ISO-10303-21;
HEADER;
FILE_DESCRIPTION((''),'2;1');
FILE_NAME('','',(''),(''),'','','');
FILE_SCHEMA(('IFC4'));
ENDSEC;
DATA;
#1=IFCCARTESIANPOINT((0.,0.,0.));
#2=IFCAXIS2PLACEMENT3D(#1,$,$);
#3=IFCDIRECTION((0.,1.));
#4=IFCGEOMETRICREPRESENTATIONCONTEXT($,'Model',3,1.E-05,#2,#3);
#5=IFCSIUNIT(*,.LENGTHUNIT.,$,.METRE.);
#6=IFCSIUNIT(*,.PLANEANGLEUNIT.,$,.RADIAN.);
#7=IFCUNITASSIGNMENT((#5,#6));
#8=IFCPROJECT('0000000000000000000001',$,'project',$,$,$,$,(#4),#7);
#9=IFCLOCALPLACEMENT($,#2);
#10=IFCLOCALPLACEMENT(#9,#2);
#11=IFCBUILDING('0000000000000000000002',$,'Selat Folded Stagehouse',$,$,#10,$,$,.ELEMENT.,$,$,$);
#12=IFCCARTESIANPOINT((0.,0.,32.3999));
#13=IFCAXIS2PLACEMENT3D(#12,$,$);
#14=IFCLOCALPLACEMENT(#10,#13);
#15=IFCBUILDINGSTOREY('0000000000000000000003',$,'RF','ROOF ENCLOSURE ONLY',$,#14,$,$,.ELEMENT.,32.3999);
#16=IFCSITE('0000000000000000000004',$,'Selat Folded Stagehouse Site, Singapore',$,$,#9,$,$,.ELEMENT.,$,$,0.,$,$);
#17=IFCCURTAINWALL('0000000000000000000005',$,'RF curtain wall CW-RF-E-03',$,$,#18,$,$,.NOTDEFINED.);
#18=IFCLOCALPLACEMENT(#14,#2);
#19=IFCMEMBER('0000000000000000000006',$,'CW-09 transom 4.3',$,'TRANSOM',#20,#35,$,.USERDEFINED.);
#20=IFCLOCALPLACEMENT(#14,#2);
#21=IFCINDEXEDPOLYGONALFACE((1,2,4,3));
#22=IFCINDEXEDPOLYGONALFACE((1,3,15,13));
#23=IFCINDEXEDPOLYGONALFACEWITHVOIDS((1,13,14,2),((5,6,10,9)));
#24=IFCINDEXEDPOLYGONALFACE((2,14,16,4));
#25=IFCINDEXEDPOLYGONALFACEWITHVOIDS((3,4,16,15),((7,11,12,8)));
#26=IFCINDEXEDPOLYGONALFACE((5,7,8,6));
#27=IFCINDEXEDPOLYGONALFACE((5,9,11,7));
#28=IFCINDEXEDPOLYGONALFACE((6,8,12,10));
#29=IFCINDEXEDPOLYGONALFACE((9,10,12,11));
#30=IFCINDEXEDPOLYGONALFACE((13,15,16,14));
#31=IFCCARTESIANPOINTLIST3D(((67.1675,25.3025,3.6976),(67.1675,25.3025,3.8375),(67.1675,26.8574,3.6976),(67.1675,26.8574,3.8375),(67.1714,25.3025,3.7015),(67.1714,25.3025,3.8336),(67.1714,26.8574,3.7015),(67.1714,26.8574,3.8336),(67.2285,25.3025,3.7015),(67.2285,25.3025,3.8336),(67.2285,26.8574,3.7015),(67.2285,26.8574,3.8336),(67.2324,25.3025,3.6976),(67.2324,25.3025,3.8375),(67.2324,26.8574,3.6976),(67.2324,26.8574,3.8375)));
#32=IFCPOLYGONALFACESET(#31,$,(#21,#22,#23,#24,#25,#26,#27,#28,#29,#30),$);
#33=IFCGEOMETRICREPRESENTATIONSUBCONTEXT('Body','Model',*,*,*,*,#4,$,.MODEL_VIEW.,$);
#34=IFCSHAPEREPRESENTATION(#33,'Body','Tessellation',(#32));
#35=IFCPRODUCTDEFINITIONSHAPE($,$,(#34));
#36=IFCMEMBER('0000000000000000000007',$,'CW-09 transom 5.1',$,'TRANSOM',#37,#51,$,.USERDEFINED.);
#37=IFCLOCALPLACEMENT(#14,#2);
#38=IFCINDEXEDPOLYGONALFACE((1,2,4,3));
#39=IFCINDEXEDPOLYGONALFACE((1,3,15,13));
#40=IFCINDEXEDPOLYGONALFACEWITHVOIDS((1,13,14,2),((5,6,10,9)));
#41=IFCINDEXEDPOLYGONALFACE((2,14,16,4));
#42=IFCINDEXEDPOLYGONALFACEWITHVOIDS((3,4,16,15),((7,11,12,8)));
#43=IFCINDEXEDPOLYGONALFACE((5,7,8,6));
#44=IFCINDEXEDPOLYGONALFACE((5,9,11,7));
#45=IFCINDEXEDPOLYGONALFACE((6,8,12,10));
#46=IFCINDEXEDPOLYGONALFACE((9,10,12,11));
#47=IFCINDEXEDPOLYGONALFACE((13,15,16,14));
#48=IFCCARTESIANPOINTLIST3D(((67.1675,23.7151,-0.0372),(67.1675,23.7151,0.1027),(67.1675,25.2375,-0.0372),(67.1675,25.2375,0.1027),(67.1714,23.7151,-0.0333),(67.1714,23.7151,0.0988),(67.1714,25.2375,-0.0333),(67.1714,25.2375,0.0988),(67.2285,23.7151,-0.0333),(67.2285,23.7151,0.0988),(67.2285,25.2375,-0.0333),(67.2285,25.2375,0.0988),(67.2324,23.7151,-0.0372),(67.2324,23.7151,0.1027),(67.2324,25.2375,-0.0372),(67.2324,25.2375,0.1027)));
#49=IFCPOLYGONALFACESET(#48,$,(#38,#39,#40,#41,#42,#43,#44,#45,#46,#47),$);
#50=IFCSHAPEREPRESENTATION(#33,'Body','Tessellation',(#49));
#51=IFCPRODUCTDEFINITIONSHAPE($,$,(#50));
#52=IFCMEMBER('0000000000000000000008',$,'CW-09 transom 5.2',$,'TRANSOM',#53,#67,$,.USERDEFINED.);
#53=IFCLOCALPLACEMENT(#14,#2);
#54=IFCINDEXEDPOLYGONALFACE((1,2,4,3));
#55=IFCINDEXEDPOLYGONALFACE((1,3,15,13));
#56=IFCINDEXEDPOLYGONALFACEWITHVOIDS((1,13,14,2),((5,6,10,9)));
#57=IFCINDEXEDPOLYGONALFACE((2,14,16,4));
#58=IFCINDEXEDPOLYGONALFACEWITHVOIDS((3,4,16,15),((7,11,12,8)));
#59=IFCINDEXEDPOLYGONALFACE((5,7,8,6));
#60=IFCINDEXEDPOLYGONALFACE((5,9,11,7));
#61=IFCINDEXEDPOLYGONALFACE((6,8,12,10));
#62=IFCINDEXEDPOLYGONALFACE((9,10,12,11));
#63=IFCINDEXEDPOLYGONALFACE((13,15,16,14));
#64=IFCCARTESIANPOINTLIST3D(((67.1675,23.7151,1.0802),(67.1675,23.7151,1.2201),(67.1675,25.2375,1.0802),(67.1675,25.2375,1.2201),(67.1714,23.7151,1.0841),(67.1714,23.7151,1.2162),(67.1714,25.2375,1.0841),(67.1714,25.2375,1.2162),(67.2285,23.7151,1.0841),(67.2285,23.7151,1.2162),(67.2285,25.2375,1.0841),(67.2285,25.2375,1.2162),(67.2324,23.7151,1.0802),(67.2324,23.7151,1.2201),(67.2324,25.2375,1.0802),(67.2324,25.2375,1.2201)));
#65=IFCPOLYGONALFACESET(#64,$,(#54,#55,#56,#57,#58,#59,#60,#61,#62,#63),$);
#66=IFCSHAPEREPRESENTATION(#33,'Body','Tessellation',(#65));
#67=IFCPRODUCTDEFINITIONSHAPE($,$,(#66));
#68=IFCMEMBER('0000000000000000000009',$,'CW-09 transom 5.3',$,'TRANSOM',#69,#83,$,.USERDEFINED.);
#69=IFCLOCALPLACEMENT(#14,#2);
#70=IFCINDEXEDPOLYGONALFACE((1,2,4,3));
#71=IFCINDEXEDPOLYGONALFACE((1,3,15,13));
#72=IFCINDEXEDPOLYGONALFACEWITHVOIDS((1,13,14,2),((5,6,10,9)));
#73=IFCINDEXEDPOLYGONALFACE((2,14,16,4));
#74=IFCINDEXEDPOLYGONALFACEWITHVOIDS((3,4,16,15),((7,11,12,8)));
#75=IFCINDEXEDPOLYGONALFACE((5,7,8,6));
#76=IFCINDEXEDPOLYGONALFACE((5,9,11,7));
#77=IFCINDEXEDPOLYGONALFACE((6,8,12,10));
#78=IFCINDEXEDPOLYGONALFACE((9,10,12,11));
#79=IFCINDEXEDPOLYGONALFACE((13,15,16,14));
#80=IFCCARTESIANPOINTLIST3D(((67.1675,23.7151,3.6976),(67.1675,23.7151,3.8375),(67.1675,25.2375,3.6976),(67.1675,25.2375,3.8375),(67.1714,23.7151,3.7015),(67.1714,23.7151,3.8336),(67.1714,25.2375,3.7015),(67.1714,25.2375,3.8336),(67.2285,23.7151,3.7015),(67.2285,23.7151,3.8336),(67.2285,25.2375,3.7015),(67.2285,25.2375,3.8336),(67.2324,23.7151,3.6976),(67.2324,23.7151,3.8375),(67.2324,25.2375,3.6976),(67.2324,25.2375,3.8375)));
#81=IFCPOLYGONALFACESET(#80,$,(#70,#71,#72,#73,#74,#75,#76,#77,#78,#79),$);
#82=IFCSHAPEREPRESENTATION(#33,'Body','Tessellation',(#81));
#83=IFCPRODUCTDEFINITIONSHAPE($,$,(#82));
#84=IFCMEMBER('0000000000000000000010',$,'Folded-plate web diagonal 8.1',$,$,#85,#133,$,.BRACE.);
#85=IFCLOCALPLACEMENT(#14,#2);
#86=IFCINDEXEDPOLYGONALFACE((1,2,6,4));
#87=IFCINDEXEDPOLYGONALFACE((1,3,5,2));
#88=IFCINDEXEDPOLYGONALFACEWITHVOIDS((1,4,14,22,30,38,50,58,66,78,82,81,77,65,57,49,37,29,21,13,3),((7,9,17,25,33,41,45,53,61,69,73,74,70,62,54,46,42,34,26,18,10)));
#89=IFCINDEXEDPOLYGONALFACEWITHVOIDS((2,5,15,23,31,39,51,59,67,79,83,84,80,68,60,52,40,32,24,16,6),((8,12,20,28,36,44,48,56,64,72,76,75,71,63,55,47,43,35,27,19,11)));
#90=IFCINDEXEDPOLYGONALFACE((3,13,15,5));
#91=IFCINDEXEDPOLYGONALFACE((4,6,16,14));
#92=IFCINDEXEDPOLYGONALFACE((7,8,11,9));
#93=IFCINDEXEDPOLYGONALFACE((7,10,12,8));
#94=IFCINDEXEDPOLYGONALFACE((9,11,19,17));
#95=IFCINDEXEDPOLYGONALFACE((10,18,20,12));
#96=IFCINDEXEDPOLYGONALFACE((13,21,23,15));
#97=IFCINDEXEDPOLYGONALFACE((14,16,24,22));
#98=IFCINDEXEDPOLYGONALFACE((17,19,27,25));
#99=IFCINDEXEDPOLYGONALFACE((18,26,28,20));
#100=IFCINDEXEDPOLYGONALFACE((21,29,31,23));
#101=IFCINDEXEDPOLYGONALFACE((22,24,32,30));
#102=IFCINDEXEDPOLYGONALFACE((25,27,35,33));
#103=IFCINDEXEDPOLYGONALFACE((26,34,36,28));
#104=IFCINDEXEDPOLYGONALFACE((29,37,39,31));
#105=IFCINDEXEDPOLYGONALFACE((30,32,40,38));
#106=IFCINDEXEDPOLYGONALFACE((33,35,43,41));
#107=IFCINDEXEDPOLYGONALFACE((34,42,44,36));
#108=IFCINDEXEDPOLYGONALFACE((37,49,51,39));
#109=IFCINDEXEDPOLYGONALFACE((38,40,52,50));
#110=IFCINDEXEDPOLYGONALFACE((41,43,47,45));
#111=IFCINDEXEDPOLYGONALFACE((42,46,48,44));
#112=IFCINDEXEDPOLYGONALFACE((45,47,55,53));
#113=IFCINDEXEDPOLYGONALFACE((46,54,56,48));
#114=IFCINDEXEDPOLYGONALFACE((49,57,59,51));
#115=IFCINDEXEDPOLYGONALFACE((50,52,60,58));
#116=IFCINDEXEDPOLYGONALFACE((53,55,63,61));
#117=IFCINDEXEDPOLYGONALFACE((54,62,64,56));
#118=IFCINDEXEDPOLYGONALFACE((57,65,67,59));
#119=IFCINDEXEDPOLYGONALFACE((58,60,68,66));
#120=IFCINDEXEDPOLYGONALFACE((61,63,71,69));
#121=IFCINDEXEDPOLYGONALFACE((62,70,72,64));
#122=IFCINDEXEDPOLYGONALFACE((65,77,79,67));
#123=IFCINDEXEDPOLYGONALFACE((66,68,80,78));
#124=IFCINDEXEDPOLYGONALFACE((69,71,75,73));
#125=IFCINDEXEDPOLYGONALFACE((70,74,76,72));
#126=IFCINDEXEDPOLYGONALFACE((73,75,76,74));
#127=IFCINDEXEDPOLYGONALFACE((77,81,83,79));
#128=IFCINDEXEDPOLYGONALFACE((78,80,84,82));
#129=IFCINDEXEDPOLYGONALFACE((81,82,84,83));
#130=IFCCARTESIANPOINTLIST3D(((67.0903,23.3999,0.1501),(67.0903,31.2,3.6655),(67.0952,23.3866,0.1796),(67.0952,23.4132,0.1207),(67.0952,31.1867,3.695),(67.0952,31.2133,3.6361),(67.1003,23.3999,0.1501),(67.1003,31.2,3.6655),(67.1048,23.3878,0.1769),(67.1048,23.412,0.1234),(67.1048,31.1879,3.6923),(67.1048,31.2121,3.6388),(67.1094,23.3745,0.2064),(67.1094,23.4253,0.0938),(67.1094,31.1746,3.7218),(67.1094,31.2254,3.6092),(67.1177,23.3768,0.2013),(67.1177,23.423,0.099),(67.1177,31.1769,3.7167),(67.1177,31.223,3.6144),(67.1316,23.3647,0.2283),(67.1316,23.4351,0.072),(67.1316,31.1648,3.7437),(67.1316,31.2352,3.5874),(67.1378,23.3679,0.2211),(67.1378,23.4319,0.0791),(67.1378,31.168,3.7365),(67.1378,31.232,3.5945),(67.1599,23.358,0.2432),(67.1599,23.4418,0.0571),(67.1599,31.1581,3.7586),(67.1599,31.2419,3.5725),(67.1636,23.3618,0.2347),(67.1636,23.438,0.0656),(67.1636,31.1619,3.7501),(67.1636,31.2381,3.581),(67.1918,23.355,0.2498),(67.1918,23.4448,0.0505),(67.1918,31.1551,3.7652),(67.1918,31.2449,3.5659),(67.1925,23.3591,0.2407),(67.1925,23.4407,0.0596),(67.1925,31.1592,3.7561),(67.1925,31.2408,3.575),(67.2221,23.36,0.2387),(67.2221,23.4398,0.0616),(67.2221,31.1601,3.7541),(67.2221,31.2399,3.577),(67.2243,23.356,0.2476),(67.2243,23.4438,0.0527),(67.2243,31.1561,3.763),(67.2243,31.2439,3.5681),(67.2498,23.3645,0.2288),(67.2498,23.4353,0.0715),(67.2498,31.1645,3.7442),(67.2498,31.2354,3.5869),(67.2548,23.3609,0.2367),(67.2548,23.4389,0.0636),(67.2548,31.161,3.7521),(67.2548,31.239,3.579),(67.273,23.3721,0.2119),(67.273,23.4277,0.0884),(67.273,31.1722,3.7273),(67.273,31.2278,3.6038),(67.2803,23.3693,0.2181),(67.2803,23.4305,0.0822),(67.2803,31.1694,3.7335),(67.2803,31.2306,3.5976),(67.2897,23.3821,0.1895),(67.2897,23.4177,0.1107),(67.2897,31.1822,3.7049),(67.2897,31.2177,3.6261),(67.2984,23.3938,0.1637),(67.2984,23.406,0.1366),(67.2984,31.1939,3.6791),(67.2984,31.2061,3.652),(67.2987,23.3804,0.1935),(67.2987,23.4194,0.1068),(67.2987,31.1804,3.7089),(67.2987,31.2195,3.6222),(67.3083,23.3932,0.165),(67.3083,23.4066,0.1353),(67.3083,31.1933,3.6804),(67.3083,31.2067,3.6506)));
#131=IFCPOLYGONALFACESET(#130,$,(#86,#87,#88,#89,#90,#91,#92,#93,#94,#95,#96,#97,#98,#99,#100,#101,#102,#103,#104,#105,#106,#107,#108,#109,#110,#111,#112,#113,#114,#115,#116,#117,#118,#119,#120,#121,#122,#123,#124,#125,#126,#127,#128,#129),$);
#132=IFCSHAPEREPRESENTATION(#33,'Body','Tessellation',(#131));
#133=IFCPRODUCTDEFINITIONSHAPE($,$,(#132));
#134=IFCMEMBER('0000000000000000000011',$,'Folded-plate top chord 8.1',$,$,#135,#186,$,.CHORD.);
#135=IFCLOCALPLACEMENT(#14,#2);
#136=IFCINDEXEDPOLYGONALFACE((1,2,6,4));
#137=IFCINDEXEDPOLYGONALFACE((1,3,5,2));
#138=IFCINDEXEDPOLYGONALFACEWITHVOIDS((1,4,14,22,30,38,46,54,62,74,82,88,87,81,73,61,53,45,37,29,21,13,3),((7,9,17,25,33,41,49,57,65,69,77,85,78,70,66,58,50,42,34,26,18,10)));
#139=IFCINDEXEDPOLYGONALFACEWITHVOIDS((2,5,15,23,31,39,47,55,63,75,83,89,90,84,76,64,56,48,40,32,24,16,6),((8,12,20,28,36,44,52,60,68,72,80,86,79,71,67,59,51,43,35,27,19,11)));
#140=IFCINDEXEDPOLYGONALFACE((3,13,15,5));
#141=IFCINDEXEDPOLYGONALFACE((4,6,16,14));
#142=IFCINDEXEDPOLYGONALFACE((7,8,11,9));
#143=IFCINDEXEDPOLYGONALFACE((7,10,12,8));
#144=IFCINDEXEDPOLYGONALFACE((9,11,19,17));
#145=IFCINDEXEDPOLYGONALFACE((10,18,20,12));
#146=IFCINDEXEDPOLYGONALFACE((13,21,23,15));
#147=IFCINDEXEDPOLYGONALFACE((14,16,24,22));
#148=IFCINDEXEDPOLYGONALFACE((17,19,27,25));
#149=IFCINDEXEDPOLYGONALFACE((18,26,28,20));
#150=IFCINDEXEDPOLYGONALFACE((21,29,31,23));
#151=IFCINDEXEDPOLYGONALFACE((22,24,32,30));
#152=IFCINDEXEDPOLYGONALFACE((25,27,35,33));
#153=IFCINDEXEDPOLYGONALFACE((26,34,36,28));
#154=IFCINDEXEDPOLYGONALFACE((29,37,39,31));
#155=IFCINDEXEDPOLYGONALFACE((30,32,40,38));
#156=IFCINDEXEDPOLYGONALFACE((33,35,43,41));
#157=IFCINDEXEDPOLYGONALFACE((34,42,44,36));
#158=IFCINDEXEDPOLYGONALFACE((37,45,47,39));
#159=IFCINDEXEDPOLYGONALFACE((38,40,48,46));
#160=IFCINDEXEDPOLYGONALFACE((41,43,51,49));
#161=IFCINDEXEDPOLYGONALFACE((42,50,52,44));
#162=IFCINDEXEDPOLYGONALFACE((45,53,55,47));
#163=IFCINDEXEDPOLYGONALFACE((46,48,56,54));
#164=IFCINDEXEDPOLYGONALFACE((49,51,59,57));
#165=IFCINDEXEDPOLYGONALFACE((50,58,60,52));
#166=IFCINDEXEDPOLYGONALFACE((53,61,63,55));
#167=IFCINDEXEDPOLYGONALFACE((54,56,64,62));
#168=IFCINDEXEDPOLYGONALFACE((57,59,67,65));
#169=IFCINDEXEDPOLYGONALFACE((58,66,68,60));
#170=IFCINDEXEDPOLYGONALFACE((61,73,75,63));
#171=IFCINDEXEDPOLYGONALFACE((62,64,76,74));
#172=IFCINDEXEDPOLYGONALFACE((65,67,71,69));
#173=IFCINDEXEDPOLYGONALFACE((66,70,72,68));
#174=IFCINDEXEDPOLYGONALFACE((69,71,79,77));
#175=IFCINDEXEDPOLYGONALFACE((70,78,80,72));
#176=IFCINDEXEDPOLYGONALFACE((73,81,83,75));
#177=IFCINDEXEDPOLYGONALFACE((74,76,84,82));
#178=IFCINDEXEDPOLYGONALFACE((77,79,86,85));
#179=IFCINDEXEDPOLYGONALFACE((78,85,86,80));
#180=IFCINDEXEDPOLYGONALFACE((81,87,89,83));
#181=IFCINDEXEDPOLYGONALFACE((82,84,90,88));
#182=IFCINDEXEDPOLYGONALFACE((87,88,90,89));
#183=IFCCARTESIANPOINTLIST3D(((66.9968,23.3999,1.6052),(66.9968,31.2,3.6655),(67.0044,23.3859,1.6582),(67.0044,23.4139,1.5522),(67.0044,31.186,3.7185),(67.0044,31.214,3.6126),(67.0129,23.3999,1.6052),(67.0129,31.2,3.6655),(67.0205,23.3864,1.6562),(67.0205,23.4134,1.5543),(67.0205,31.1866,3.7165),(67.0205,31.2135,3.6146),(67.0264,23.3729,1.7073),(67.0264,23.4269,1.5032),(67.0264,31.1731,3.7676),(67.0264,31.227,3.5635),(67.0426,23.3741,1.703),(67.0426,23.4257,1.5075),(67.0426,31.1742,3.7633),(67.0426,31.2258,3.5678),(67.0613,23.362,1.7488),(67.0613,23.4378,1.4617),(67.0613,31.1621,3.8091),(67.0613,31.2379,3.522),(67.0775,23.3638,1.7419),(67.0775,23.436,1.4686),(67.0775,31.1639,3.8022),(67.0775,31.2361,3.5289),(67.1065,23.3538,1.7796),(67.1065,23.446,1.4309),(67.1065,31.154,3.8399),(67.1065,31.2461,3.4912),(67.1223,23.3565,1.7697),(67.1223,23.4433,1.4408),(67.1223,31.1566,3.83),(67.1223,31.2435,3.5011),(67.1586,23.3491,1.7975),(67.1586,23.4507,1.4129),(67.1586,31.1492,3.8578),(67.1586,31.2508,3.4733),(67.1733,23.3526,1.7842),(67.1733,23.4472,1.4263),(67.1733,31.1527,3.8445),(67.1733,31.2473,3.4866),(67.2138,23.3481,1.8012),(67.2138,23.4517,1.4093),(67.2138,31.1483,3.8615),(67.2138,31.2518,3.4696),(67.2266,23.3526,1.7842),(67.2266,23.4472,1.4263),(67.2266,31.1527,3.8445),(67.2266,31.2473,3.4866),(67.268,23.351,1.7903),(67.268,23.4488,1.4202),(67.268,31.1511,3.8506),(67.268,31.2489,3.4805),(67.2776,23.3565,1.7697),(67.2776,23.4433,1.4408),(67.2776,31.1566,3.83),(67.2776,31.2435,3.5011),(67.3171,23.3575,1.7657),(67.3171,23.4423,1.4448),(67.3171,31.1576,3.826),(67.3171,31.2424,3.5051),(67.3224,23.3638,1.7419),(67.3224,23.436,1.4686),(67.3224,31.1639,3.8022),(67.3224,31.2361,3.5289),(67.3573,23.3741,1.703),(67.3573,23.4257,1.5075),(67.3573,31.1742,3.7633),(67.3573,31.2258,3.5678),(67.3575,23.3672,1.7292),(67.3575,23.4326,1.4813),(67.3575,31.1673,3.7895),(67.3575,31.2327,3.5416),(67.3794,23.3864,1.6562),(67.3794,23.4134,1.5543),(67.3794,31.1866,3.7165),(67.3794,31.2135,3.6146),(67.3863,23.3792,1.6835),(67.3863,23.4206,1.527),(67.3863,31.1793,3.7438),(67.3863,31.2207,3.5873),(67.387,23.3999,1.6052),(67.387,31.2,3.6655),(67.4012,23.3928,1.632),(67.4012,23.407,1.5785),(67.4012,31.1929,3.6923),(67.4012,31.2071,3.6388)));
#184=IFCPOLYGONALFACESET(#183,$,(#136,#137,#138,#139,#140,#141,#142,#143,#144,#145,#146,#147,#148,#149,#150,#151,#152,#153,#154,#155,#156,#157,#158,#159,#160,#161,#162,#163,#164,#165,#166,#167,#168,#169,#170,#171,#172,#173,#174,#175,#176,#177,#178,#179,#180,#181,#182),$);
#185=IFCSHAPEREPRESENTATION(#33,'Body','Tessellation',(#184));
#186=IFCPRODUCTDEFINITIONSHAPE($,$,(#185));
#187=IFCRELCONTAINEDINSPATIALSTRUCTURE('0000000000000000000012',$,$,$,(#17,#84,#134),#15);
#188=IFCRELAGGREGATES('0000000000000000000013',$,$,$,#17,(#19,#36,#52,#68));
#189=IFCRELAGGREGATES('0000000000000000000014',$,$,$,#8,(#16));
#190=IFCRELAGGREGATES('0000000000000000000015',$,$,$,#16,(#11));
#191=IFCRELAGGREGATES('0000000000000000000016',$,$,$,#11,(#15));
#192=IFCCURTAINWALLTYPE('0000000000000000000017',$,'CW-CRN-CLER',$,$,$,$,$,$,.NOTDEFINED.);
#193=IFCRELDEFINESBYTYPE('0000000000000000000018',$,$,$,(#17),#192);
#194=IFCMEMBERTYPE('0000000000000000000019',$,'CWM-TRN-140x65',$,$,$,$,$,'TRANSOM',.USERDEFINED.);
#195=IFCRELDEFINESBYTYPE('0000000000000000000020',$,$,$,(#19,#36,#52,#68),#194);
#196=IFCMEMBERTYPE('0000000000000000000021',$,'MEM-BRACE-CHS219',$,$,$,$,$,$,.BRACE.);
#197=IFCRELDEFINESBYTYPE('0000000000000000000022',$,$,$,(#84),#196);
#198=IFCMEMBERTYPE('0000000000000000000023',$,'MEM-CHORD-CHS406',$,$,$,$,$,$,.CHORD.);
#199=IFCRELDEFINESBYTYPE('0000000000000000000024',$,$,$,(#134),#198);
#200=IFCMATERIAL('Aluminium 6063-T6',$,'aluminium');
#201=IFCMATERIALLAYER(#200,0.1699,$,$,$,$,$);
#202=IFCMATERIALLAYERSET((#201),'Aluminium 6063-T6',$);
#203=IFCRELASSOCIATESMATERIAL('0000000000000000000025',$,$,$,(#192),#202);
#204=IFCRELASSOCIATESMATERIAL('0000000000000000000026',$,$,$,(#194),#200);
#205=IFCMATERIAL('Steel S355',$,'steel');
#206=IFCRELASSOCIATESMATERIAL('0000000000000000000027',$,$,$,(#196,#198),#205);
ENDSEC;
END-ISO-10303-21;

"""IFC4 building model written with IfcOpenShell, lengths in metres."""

from ifc_helpers import new_model, si_unit, direction, frame, origin, origin_2d, place, context, subcontext, project, spatial, hollow_rectangle, hollow_circle, extrude, material, layer, layer_set, material_profile, profile_set, type_object, element, aggregate, save


model = new_model("IFC4")

# Units and contexts
model_context = context("Model", 3, precision=1e-05, world=origin(), true_north=direction((0.0, 1.0)))
body_context = subcontext(model_context, "Body", "Model", "MODEL_VIEW")
ifc_project = project(units=[si_unit("LENGTHUNIT", "METRE"), si_unit("PLANEANGLEUNIT", "RADIAN")], contexts=[model_context])

# Site, building, storey
site_placement = place(None, origin())
site = spatial("IfcSite", under=ifc_project, at=site_placement, Name="Selat Folded Stagehouse Site, Singapore", CompositionType="ELEMENT", RefElevation=0.0)
building_placement = place(site_placement, origin())
building = spatial("IfcBuilding", under=site, at=building_placement, Name="Selat Folded Stagehouse", CompositionType="ELEMENT")
storey_placement = place(building_placement, frame((0.0, 0.0, 32.3999)))
storey = spatial("IfcBuildingStorey", under=building, at=storey_placement, Name="RF", Description="ROOF ENCLOSURE ONLY", CompositionType="ELEMENT", Elevation=32.3999)

# Shared definitions
ifc_material_1 = material(Name="Steel S355", Category="steel")

# Curtain wall
ifc_material_2 = material(Name="Aluminium 6063-T6", Category="aluminium")
ifc_layer_1 = layer(ifc_material_2, 0.1699)
ifc_layer_set_1 = layer_set([ifc_layer_1], Name="Aluminium 6063-T6")
curtain_wall_type = type_object("IfcCurtainWallType", Name="CW-CRN-CLER", PredefinedType="NOTDEFINED", material=ifc_layer_set_1)
curtain_wall_1_placement = place(storey_placement, origin())
curtain_wall_1 = element("IfcCurtainWall", 1, at=curtain_wall_1_placement, inside=storey, type_object=curtain_wall_type, Name="RF curtain wall CW-RF-E-03", PredefinedType="NOTDEFINED")

# Members
ifc_material_profile_1 = material_profile(ifc_material_2, hollow_rectangle(XDim=0.0649, YDim=0.1399, WallThickness=0.0039, at=origin_2d()), Name="ALU 140x65x4.0")
ifc_profile_set_1 = profile_set([ifc_material_profile_1], Name="Aluminium 6063-T6")
member_type_1 = type_object("IfcMemberType", Name="CWM-TRN-140x65", ElementType="TRANSOM", PredefinedType="USERDEFINED", material=ifc_profile_set_1)
member_1_placement = place(storey_placement, frame((67.2, 26.8574, 3.7676), z_axis=(0.0, -1.0, 0.0), x_axis=(1.0, 0.0, 0.0)))
member_1 = element("IfcMember", 2, at=member_1_placement, type_object=member_type_1, Name="CW-09 transom 4.3", ObjectType="TRANSOM", PredefinedType="USERDEFINED", context=body_context, shape_type="SweptSolid", body=[
    extrude(hollow_rectangle(XDim=0.0649, YDim=0.1399, WallThickness=0.0039, at=origin_2d()), origin(), (0.0, 0.0, 1.0), 1.5549),
])
member_2_placement = place(storey_placement, frame((67.2, 25.2375, 0.0327), z_axis=(0.0, -1.0, 0.0), x_axis=(1.0, 0.0, 0.0)))
member_2 = element("IfcMember", 3, at=member_2_placement, type_object=member_type_1, Name="CW-09 transom 5.1", ObjectType="TRANSOM", PredefinedType="USERDEFINED", context=body_context, shape_type="SweptSolid", body=[
    extrude(hollow_rectangle(XDim=0.0649, YDim=0.1399, WallThickness=0.0039, at=origin_2d()), origin(), (0.0, 0.0, 1.0), 1.5225),
])
member_3_placement = place(storey_placement, frame((67.2, 25.2375, 1.1501), z_axis=(0.0, -1.0, 0.0), x_axis=(1.0, 0.0, 0.0)))
member_3 = element("IfcMember", 4, at=member_3_placement, type_object=member_type_1, Name="CW-09 transom 5.2", ObjectType="TRANSOM", PredefinedType="USERDEFINED", context=body_context, shape_type="SweptSolid", body=[
    extrude(hollow_rectangle(XDim=0.0649, YDim=0.1399, WallThickness=0.0039, at=origin_2d()), origin(), (0.0, 0.0, 1.0), 1.5225),
])
member_4_placement = place(storey_placement, frame((67.2, 25.2375, 3.7676), z_axis=(0.0, -1.0, 0.0), x_axis=(1.0, 0.0, 0.0)))
member_4 = element("IfcMember", 5, at=member_4_placement, type_object=member_type_1, Name="CW-09 transom 5.3", ObjectType="TRANSOM", PredefinedType="USERDEFINED", context=body_context, shape_type="SweptSolid", body=[
    extrude(hollow_rectangle(XDim=0.0649, YDim=0.1399, WallThickness=0.0039, at=origin_2d()), origin(), (0.0, 0.0, 1.0), 1.5225),
])

# Members
ifc_material_profile_2 = material_profile(ifc_material_1, hollow_circle(Radius=0.1096, WallThickness=0.01, at=origin_2d()), Name="CHS 219.1x10.0")
ifc_profile_set_2 = profile_set([ifc_material_profile_2], Name="Steel S355")
member_type_2 = type_object("IfcMemberType", Name="MEM-BRACE-CHS219", PredefinedType="BRACE", material=ifc_profile_set_2)
member_5_placement = place(storey_placement, frame((67.2, 23.3999, 0.1501), z_axis=(0.0, 0.911687, 0.410885), x_axis=(-1.0, 0.0, 0.0)))
element("IfcMember", 6, at=member_5_placement, inside=storey, type_object=member_type_2, Name="Folded-plate web diagonal 8.1", PredefinedType="BRACE", context=body_context, shape_type="SweptSolid", body=[
    extrude(hollow_circle(Radius=0.1096, WallThickness=0.01, at=origin_2d()), origin(), (0.0, 0.0, 1.0), 8.5557),
])
ifc_material_profile_3 = material_profile(ifc_material_1, hollow_circle(Radius=0.2031, WallThickness=0.0161, at=origin_2d()), Name="CHS 406.4x16.0")
ifc_profile_set_3 = profile_set([ifc_material_profile_3], Name="Steel S355")
member_type_3 = type_object("IfcMemberType", Name="MEM-CHORD-CHS406", PredefinedType="CHORD", material=ifc_profile_set_3)
member_6_placement = place(storey_placement, frame((67.2, 23.3999, 1.6052), z_axis=(0.0, 0.966841, 0.255381), x_axis=(-1.0, 0.0, 0.0)))
element("IfcMember", 7, at=member_6_placement, inside=storey, type_object=member_type_3, Name="Folded-plate top chord 8.1", PredefinedType="CHORD", context=body_context, shape_type="SweptSolid", body=[
    extrude(hollow_circle(Radius=0.2031, WallThickness=0.0161, at=origin_2d()), origin(), (0.0, 0.0, 1.0), 8.0676),
])

aggregate(curtain_wall_1, [member_1, member_2, member_3, member_4])

save(model, "model.ifc")
